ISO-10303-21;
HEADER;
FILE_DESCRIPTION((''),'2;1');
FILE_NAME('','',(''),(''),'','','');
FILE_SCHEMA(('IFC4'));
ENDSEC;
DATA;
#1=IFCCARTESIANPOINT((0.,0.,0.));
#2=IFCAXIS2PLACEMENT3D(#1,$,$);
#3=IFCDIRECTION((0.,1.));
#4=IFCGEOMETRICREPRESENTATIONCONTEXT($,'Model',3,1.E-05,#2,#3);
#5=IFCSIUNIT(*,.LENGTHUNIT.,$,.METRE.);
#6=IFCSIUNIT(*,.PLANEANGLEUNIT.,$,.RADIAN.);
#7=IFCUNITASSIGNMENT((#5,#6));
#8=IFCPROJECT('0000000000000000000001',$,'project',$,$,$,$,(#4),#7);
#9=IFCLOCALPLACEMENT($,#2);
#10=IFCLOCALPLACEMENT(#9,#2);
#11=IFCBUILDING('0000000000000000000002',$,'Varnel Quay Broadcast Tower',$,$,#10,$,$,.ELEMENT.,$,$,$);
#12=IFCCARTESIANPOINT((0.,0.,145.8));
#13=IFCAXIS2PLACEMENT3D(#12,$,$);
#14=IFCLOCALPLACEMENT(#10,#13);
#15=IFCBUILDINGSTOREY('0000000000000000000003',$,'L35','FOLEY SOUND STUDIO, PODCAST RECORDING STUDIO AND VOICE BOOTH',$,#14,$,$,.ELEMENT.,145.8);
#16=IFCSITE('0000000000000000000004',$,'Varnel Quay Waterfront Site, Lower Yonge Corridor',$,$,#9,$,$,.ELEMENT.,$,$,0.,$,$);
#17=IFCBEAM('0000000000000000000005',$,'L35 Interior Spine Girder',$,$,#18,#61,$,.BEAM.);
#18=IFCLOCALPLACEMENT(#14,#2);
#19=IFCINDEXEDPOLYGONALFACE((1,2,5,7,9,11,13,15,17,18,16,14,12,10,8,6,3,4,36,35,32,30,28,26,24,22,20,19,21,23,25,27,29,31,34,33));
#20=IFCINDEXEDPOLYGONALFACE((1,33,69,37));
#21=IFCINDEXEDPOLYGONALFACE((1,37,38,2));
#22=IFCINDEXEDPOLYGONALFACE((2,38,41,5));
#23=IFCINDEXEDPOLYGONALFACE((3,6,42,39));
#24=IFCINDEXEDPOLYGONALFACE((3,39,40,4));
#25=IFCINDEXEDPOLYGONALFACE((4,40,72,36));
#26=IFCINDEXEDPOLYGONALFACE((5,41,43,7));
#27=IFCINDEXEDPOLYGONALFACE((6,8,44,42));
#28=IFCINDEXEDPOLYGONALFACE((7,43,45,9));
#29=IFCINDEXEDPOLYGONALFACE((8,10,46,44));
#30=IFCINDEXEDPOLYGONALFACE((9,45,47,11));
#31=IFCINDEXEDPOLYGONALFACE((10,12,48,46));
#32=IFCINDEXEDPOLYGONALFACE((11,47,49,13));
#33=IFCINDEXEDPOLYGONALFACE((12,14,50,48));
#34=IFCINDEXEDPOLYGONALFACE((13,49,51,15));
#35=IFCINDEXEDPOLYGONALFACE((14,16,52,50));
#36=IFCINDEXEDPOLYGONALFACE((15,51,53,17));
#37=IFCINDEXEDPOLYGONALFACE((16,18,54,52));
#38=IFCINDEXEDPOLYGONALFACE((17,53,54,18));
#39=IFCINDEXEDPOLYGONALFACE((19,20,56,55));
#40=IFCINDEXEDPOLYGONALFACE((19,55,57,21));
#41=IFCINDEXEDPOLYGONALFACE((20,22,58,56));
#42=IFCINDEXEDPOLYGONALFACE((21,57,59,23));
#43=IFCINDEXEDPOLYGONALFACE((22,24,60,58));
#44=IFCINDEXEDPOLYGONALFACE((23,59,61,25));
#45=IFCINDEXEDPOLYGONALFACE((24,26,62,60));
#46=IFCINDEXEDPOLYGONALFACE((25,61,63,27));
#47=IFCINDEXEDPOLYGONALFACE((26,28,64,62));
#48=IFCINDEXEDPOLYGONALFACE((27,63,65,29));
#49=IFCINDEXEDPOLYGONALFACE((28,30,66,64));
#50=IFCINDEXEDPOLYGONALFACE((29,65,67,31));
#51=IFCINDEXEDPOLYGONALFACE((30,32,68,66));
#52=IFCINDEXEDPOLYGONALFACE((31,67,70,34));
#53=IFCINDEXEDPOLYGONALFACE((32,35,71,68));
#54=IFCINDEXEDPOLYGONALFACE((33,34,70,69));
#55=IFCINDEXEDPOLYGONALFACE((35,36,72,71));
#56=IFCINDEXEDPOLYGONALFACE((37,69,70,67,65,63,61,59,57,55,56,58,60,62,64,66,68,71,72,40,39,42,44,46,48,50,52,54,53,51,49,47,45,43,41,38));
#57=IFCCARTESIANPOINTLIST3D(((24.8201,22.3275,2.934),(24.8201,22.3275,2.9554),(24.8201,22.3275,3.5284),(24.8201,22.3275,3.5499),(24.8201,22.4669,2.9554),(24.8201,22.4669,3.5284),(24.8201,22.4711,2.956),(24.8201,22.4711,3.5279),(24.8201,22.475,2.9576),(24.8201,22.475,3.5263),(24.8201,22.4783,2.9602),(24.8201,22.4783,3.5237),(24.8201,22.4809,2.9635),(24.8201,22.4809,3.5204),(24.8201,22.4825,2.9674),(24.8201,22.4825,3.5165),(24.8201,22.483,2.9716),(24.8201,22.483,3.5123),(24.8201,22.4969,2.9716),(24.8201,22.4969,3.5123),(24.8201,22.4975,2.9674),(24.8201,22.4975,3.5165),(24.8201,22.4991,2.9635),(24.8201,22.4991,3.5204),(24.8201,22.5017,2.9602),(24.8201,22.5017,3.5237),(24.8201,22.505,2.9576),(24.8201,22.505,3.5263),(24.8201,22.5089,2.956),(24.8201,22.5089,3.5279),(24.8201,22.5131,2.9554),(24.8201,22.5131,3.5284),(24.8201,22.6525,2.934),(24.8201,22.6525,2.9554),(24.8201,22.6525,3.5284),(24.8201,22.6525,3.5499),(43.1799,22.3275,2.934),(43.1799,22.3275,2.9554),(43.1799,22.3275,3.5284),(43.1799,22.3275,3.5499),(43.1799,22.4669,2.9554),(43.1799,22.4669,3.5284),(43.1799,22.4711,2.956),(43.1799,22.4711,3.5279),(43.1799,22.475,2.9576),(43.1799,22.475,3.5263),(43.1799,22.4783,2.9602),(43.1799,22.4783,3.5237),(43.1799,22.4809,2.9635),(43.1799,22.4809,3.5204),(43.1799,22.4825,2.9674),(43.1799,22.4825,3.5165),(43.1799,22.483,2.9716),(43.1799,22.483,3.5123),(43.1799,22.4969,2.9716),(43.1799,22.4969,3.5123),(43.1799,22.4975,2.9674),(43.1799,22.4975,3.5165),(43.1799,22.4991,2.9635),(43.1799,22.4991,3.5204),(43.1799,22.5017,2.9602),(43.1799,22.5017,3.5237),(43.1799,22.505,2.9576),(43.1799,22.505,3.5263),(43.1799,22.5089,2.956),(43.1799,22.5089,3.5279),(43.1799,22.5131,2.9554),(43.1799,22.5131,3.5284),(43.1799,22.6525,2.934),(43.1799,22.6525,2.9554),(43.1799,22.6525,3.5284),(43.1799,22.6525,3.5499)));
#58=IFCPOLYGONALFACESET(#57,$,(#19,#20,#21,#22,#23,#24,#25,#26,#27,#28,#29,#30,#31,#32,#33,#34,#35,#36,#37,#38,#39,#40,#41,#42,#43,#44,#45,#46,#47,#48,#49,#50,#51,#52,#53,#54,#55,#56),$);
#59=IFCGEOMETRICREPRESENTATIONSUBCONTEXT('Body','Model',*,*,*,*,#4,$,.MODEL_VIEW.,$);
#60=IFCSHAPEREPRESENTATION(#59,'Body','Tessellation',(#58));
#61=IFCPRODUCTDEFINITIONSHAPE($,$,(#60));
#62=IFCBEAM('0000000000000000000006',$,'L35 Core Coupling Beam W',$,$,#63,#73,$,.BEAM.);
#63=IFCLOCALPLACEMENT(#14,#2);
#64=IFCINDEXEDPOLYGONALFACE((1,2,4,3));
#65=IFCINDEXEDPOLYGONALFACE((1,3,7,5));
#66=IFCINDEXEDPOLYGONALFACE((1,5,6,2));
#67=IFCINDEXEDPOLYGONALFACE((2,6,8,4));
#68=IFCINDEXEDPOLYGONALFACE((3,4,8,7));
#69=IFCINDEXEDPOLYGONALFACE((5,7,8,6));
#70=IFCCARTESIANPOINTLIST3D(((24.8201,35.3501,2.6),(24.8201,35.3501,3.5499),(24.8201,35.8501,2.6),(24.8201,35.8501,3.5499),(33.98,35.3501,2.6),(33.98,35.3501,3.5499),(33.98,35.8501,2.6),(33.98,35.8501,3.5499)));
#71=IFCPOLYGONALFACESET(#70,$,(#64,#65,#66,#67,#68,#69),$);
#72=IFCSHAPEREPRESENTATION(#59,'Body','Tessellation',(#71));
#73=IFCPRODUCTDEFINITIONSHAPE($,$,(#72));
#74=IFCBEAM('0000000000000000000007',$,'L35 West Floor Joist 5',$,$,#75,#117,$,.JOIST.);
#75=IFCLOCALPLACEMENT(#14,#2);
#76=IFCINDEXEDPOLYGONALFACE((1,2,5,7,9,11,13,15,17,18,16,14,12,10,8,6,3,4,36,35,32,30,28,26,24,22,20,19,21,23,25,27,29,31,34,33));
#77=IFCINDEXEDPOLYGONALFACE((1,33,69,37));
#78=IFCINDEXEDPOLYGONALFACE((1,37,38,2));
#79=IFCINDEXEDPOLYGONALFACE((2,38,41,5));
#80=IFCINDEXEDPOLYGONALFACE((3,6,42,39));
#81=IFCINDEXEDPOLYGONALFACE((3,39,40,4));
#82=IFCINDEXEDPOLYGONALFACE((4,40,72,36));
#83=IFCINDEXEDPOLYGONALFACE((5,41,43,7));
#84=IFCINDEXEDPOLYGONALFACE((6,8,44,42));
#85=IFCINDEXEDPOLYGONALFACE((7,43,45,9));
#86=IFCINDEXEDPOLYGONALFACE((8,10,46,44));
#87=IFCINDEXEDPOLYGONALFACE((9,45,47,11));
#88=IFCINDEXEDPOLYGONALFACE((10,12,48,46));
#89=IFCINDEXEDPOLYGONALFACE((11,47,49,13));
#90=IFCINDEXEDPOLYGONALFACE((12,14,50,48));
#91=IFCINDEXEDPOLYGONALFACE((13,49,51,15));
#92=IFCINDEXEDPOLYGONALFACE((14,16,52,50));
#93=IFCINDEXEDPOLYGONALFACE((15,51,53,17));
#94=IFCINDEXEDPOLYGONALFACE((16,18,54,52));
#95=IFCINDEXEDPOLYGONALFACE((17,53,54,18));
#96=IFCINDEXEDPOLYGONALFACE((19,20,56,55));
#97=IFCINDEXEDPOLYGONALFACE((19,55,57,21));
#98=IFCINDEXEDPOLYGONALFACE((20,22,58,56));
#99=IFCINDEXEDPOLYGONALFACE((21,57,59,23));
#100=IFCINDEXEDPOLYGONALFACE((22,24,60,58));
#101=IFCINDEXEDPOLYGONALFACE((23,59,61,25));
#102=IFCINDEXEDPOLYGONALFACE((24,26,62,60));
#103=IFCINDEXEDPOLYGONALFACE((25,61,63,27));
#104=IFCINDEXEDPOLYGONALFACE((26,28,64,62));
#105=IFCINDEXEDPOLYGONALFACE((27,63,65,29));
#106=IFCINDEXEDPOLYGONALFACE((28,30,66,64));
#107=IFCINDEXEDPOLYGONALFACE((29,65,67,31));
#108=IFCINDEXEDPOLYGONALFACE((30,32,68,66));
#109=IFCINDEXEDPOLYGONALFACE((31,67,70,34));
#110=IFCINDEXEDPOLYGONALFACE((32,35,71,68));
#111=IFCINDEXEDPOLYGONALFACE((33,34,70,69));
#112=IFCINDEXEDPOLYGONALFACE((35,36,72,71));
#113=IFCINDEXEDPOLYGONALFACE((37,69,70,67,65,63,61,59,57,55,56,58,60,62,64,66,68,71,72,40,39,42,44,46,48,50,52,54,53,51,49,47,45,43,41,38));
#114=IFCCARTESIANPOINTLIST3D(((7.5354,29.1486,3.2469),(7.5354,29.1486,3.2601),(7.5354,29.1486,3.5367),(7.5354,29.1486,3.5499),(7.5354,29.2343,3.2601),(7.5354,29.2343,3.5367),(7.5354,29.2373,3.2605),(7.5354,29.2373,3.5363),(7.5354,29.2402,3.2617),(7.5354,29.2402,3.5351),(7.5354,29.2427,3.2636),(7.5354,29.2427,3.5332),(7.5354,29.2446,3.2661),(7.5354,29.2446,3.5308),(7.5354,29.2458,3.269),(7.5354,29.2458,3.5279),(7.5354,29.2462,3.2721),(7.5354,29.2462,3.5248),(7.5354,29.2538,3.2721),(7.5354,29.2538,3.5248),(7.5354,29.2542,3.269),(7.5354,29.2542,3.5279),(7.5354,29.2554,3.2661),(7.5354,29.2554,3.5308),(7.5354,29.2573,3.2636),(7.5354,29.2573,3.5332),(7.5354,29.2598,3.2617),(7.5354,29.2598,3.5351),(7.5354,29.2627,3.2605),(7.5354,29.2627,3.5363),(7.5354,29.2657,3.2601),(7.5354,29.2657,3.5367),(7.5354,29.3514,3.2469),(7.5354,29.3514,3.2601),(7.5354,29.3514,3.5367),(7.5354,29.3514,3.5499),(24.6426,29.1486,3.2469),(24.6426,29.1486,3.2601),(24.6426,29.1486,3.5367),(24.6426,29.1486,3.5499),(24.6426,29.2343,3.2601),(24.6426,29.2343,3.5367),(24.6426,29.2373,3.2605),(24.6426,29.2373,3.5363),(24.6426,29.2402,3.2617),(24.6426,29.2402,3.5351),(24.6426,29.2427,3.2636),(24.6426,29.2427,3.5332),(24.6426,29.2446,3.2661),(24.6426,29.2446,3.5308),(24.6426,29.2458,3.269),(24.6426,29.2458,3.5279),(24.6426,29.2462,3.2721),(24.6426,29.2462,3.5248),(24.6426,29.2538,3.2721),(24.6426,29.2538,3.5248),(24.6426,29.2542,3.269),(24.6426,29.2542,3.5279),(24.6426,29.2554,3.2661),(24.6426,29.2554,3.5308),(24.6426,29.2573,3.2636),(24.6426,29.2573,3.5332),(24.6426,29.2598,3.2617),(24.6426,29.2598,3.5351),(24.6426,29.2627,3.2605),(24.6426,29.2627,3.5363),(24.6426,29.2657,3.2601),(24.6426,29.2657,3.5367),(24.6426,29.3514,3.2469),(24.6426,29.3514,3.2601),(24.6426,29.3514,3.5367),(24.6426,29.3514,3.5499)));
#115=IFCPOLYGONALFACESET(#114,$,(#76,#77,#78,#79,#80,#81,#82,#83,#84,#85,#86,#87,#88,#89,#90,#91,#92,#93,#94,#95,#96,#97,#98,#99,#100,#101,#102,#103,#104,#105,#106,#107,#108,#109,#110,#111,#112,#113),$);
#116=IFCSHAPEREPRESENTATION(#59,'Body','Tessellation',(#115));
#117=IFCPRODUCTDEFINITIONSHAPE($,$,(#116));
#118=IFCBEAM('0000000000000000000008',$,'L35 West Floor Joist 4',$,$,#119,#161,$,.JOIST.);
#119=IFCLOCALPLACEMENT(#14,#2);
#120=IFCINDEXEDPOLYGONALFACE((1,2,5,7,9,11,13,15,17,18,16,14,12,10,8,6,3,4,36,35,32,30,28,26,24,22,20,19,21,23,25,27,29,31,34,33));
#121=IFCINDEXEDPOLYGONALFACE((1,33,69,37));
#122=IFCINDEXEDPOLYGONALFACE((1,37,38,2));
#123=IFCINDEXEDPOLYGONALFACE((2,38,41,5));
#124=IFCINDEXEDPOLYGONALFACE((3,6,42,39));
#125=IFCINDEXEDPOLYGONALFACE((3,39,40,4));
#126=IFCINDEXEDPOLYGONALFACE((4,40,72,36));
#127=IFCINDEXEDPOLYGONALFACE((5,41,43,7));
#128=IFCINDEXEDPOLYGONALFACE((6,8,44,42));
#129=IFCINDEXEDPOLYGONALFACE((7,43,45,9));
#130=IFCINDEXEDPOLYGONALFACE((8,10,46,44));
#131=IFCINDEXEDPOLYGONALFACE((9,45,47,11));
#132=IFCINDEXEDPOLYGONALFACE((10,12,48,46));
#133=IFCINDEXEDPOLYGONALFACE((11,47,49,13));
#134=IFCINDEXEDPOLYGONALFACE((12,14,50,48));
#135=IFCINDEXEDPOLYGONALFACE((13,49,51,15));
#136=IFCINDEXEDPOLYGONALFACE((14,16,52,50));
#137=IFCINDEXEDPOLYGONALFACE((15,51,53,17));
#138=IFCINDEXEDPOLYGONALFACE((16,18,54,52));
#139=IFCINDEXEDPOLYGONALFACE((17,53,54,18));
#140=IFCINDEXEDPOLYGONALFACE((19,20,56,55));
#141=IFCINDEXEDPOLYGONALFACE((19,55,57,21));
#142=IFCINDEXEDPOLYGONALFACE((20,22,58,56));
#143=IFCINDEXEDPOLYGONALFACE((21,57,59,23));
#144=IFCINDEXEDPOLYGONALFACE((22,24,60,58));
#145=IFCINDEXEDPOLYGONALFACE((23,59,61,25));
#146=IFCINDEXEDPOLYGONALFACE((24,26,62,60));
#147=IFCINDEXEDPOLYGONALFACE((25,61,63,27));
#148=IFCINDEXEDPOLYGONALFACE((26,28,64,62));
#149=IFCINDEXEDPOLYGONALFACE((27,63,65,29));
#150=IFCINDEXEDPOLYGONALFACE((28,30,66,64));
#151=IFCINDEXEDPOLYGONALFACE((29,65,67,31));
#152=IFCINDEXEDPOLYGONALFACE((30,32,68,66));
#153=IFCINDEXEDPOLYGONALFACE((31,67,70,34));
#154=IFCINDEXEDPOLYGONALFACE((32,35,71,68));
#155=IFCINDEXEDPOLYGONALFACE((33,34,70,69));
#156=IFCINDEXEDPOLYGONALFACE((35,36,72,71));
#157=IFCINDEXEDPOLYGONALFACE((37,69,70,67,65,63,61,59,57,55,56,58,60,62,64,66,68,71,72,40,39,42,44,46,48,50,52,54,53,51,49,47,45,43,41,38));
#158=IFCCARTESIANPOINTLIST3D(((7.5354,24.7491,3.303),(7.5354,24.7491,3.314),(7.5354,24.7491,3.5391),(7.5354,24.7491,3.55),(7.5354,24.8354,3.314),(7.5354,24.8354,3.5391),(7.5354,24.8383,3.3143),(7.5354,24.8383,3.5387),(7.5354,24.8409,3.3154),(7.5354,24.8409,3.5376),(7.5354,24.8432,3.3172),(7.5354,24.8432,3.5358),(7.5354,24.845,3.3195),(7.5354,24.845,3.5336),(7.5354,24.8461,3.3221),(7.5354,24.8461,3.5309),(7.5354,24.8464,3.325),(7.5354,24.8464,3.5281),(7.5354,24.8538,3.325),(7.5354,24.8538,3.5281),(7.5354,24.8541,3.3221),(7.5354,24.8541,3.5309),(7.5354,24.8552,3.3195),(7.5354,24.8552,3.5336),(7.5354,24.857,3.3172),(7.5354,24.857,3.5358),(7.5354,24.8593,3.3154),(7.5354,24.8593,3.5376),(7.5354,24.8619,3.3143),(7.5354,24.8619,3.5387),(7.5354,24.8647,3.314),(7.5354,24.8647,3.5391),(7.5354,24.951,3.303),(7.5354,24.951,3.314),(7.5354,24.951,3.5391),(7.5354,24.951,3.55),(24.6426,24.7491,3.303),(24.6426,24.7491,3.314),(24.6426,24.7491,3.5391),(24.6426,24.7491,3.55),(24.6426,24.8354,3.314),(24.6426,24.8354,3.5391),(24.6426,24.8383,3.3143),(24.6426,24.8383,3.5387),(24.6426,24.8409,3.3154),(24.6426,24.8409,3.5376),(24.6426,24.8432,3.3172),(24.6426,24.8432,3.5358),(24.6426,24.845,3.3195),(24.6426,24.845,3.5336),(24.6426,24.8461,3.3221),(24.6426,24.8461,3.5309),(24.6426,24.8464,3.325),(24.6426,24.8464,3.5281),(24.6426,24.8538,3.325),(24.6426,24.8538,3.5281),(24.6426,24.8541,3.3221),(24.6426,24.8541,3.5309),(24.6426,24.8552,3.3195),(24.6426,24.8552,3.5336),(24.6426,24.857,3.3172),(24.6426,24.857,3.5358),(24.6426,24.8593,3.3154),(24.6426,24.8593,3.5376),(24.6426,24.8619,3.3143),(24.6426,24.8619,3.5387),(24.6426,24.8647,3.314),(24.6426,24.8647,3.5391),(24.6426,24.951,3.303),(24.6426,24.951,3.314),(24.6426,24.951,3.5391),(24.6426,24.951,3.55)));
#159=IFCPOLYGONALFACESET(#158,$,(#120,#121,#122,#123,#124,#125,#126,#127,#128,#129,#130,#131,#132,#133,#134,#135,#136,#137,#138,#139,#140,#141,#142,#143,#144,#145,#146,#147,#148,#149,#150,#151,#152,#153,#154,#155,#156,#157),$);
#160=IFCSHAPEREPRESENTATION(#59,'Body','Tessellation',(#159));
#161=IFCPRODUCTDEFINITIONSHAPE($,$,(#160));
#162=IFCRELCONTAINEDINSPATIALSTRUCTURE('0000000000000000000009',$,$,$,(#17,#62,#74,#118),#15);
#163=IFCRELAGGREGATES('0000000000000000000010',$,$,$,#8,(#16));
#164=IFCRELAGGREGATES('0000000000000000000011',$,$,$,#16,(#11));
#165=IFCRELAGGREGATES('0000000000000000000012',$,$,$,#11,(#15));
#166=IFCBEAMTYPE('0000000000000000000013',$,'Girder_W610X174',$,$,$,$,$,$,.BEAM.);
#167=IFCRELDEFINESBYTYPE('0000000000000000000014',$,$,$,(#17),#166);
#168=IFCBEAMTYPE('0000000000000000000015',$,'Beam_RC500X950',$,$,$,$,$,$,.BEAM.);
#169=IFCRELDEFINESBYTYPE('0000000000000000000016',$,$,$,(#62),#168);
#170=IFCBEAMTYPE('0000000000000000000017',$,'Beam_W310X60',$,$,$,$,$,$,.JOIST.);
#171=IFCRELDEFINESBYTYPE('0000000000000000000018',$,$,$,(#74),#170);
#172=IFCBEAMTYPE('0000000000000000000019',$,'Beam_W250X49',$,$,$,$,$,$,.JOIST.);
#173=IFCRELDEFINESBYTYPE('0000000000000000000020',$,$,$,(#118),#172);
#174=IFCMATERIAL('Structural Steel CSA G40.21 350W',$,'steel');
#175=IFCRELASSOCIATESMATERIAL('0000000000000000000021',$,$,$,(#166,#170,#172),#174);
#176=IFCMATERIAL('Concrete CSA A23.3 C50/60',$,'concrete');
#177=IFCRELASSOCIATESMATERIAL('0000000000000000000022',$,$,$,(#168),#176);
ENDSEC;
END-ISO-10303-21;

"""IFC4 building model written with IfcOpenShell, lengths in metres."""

from ifc_helpers import new_model, si_unit, direction, frame, origin, origin_2d, place, context, subcontext, project, spatial, rectangle, i_section, extrude, source, transform, mapped, material, material_profile, profile_set, type_object, type_shapes, element, save


model = new_model("IFC4")

# Units and contexts
model_context = context("Model", 3, precision=1e-05, world=origin(), true_north=direction((0.0, 1.0)))
body_context = subcontext(model_context, "Body", "Model", "MODEL_VIEW")
ifc_project = project(units=[si_unit("LENGTHUNIT", "METRE"), si_unit("PLANEANGLEUNIT", "RADIAN")], contexts=[model_context])

# Site, building, storey
site_placement = place(None, origin())
site = spatial("IfcSite", under=ifc_project, at=site_placement, Name="Varnel Quay Waterfront Site, Lower Yonge Corridor", CompositionType="ELEMENT", RefElevation=0.0)
building_placement = place(site_placement, origin())
building = spatial("IfcBuilding", under=site, at=building_placement, Name="Varnel Quay Broadcast Tower", CompositionType="ELEMENT")
storey_placement = place(building_placement, frame((0.0, 0.0, 145.8)))
storey = spatial("IfcBuildingStorey", under=building, at=storey_placement, Name="L35", Description="FOLEY SOUND STUDIO, PODCAST RECORDING STUDIO AND VOICE BOOTH", CompositionType="ELEMENT", Elevation=145.8)

# Shared definitions
ifc_material_1 = material(Name="Concrete CSA A23.3 C50/60", Category="concrete")

# Beams
ifc_material_2 = material(Name="Structural Steel CSA G40.21 350W", Category="steel")
ifc_material_profile_1 = material_profile(ifc_material_2, i_section(OverallWidth=0.325, OverallDepth=0.616, WebThickness=0.0139, FlangeThickness=0.0215, FilletRadius=0.0161, at=origin_2d()), Name="W610X174")
ifc_profile_set_1 = profile_set([ifc_material_profile_1], Name="Structural Steel CSA G40.21 350W")
beam_type_1 = type_object("IfcBeamType", Name="Girder_W610X174", PredefinedType="BEAM", material=ifc_profile_set_1)
shared_shape_1 = source(origin(), body_context, "Body", "SweptSolid", [
    extrude(i_section(OverallWidth=0.325, OverallDepth=0.616, WebThickness=0.0139, FlangeThickness=0.0215, FilletRadius=0.0161, at=origin_2d()), origin(), (0.0, 0.0, 1.0), 18.3599),
])
beam_1_placement = place(storey_placement, frame((24.8201, 22.49, 3.2419), z_axis=(1.0, 0.0, 0.0), x_axis=(0.0, 1.0, 0.0)))
element("IfcBeam", 1, at=beam_1_placement, inside=storey, type_object=beam_type_1, Name="L35 Interior Spine Girder", PredefinedType="BEAM", context=body_context, shape_type="MappedRepresentation", body=[
    mapped(shared_shape_1, transform((0.0, 0.0, 0.0), x_axis=(1.0, 0.0, 0.0), y_axis=(0.0, 1.0, 0.0), z_axis=(0.0, 0.0, 1.0), scale=1.0)),
])
ifc_material_profile_2 = material_profile(ifc_material_1, rectangle(XDim=0.5, YDim=0.95, at=origin_2d()), Name="RC500X950")
ifc_profile_set_2 = profile_set([ifc_material_profile_2], Name="Concrete CSA A23.3 C50/60")
beam_type_2 = type_object("IfcBeamType", Name="Beam_RC500X950", PredefinedType="BEAM", material=ifc_profile_set_2)
shared_shape_2 = source(origin(), body_context, "Body", "SweptSolid", [
    extrude(rectangle(XDim=0.5, YDim=0.95, at=origin_2d()), origin(), (0.0, 0.0, 1.0), 9.1599),
])
type_shapes(beam_type_2, [shared_shape_2])
beam_2_placement = place(storey_placement, frame((24.8201, 35.6001, 3.075), z_axis=(1.0, 0.0, 0.0), x_axis=(0.0, 1.0, 0.0)))
element("IfcBeam", 2, at=beam_2_placement, inside=storey, type_object=beam_type_2, Name="L35 Core Coupling Beam W", PredefinedType="BEAM", context=body_context, shape_type="MappedRepresentation", body=[
    mapped(shared_shape_2, transform((0.0, 0.0, 0.0), x_axis=(1.0, 0.0, 0.0), y_axis=(0.0, 1.0, 0.0), z_axis=(0.0, 0.0, 1.0), scale=1.0)),
])
ifc_material_profile_3 = material_profile(ifc_material_2, i_section(OverallWidth=0.2029, OverallDepth=0.303, WebThickness=0.0076, FlangeThickness=0.0132, FilletRadius=0.012, at=origin_2d()), Name="W310X60")
ifc_profile_set_3 = profile_set([ifc_material_profile_3], Name="Structural Steel CSA G40.21 350W")
beam_type_3 = type_object("IfcBeamType", Name="Beam_W310X60", PredefinedType="JOIST", material=ifc_profile_set_3)
shared_shape_3 = source(origin(), body_context, "Body", "SweptSolid", [
    extrude(i_section(OverallWidth=0.2029, OverallDepth=0.303, WebThickness=0.0076, FlangeThickness=0.0132, FilletRadius=0.012, at=origin_2d()), origin(), (0.0, 0.0, 1.0), 17.1072),
])
type_shapes(beam_type_3, [shared_shape_3])
beam_3_placement = place(storey_placement, frame((7.5354, 29.25, 3.3984), z_axis=(1.0, 0.0, 0.0), x_axis=(0.0, 1.0, 0.0)))
element("IfcBeam", 3, at=beam_3_placement, inside=storey, type_object=beam_type_3, Name="L35 West Floor Joist 5", PredefinedType="JOIST", context=body_context, shape_type="MappedRepresentation", body=[
    mapped(shared_shape_3, transform((0.0, 0.0, 0.0), x_axis=(1.0, 0.0, 0.0), y_axis=(0.0, 1.0, 0.0), z_axis=(0.0, 0.0, 1.0), scale=1.0)),
])
ifc_material_profile_4 = material_profile(ifc_material_2, i_section(OverallWidth=0.2019, OverallDepth=0.2471, WebThickness=0.0073, FlangeThickness=0.011, FilletRadius=0.011, at=origin_2d()), Name="W250X49")
ifc_profile_set_4 = profile_set([ifc_material_profile_4], Name="Structural Steel CSA G40.21 350W")
beam_type_4 = type_object("IfcBeamType", Name="Beam_W250X49", PredefinedType="JOIST", material=ifc_profile_set_4)
shared_shape_4 = source(origin(), body_context, "Body", "SweptSolid", [
    extrude(i_section(OverallWidth=0.2019, OverallDepth=0.2471, WebThickness=0.0073, FlangeThickness=0.011, FilletRadius=0.011, at=origin_2d()), origin(), (0.0, 0.0, 1.0), 17.1072),
])
beam_4_placement = place(storey_placement, frame((7.5354, 24.8501, 3.4265), z_axis=(1.0, 0.0, 0.0), x_axis=(0.0, 1.0, 0.0)))
element("IfcBeam", 4, at=beam_4_placement, inside=storey, type_object=beam_type_4, Name="L35 West Floor Joist 4", PredefinedType="JOIST", context=body_context, shape_type="MappedRepresentation", body=[
    mapped(shared_shape_4, transform((0.0, 0.0, 0.0), x_axis=(1.0, 0.0, 0.0), y_axis=(0.0, 1.0, 0.0), z_axis=(0.0, 0.0, 1.0), scale=1.0)),
])

save(model, "model.ifc")
